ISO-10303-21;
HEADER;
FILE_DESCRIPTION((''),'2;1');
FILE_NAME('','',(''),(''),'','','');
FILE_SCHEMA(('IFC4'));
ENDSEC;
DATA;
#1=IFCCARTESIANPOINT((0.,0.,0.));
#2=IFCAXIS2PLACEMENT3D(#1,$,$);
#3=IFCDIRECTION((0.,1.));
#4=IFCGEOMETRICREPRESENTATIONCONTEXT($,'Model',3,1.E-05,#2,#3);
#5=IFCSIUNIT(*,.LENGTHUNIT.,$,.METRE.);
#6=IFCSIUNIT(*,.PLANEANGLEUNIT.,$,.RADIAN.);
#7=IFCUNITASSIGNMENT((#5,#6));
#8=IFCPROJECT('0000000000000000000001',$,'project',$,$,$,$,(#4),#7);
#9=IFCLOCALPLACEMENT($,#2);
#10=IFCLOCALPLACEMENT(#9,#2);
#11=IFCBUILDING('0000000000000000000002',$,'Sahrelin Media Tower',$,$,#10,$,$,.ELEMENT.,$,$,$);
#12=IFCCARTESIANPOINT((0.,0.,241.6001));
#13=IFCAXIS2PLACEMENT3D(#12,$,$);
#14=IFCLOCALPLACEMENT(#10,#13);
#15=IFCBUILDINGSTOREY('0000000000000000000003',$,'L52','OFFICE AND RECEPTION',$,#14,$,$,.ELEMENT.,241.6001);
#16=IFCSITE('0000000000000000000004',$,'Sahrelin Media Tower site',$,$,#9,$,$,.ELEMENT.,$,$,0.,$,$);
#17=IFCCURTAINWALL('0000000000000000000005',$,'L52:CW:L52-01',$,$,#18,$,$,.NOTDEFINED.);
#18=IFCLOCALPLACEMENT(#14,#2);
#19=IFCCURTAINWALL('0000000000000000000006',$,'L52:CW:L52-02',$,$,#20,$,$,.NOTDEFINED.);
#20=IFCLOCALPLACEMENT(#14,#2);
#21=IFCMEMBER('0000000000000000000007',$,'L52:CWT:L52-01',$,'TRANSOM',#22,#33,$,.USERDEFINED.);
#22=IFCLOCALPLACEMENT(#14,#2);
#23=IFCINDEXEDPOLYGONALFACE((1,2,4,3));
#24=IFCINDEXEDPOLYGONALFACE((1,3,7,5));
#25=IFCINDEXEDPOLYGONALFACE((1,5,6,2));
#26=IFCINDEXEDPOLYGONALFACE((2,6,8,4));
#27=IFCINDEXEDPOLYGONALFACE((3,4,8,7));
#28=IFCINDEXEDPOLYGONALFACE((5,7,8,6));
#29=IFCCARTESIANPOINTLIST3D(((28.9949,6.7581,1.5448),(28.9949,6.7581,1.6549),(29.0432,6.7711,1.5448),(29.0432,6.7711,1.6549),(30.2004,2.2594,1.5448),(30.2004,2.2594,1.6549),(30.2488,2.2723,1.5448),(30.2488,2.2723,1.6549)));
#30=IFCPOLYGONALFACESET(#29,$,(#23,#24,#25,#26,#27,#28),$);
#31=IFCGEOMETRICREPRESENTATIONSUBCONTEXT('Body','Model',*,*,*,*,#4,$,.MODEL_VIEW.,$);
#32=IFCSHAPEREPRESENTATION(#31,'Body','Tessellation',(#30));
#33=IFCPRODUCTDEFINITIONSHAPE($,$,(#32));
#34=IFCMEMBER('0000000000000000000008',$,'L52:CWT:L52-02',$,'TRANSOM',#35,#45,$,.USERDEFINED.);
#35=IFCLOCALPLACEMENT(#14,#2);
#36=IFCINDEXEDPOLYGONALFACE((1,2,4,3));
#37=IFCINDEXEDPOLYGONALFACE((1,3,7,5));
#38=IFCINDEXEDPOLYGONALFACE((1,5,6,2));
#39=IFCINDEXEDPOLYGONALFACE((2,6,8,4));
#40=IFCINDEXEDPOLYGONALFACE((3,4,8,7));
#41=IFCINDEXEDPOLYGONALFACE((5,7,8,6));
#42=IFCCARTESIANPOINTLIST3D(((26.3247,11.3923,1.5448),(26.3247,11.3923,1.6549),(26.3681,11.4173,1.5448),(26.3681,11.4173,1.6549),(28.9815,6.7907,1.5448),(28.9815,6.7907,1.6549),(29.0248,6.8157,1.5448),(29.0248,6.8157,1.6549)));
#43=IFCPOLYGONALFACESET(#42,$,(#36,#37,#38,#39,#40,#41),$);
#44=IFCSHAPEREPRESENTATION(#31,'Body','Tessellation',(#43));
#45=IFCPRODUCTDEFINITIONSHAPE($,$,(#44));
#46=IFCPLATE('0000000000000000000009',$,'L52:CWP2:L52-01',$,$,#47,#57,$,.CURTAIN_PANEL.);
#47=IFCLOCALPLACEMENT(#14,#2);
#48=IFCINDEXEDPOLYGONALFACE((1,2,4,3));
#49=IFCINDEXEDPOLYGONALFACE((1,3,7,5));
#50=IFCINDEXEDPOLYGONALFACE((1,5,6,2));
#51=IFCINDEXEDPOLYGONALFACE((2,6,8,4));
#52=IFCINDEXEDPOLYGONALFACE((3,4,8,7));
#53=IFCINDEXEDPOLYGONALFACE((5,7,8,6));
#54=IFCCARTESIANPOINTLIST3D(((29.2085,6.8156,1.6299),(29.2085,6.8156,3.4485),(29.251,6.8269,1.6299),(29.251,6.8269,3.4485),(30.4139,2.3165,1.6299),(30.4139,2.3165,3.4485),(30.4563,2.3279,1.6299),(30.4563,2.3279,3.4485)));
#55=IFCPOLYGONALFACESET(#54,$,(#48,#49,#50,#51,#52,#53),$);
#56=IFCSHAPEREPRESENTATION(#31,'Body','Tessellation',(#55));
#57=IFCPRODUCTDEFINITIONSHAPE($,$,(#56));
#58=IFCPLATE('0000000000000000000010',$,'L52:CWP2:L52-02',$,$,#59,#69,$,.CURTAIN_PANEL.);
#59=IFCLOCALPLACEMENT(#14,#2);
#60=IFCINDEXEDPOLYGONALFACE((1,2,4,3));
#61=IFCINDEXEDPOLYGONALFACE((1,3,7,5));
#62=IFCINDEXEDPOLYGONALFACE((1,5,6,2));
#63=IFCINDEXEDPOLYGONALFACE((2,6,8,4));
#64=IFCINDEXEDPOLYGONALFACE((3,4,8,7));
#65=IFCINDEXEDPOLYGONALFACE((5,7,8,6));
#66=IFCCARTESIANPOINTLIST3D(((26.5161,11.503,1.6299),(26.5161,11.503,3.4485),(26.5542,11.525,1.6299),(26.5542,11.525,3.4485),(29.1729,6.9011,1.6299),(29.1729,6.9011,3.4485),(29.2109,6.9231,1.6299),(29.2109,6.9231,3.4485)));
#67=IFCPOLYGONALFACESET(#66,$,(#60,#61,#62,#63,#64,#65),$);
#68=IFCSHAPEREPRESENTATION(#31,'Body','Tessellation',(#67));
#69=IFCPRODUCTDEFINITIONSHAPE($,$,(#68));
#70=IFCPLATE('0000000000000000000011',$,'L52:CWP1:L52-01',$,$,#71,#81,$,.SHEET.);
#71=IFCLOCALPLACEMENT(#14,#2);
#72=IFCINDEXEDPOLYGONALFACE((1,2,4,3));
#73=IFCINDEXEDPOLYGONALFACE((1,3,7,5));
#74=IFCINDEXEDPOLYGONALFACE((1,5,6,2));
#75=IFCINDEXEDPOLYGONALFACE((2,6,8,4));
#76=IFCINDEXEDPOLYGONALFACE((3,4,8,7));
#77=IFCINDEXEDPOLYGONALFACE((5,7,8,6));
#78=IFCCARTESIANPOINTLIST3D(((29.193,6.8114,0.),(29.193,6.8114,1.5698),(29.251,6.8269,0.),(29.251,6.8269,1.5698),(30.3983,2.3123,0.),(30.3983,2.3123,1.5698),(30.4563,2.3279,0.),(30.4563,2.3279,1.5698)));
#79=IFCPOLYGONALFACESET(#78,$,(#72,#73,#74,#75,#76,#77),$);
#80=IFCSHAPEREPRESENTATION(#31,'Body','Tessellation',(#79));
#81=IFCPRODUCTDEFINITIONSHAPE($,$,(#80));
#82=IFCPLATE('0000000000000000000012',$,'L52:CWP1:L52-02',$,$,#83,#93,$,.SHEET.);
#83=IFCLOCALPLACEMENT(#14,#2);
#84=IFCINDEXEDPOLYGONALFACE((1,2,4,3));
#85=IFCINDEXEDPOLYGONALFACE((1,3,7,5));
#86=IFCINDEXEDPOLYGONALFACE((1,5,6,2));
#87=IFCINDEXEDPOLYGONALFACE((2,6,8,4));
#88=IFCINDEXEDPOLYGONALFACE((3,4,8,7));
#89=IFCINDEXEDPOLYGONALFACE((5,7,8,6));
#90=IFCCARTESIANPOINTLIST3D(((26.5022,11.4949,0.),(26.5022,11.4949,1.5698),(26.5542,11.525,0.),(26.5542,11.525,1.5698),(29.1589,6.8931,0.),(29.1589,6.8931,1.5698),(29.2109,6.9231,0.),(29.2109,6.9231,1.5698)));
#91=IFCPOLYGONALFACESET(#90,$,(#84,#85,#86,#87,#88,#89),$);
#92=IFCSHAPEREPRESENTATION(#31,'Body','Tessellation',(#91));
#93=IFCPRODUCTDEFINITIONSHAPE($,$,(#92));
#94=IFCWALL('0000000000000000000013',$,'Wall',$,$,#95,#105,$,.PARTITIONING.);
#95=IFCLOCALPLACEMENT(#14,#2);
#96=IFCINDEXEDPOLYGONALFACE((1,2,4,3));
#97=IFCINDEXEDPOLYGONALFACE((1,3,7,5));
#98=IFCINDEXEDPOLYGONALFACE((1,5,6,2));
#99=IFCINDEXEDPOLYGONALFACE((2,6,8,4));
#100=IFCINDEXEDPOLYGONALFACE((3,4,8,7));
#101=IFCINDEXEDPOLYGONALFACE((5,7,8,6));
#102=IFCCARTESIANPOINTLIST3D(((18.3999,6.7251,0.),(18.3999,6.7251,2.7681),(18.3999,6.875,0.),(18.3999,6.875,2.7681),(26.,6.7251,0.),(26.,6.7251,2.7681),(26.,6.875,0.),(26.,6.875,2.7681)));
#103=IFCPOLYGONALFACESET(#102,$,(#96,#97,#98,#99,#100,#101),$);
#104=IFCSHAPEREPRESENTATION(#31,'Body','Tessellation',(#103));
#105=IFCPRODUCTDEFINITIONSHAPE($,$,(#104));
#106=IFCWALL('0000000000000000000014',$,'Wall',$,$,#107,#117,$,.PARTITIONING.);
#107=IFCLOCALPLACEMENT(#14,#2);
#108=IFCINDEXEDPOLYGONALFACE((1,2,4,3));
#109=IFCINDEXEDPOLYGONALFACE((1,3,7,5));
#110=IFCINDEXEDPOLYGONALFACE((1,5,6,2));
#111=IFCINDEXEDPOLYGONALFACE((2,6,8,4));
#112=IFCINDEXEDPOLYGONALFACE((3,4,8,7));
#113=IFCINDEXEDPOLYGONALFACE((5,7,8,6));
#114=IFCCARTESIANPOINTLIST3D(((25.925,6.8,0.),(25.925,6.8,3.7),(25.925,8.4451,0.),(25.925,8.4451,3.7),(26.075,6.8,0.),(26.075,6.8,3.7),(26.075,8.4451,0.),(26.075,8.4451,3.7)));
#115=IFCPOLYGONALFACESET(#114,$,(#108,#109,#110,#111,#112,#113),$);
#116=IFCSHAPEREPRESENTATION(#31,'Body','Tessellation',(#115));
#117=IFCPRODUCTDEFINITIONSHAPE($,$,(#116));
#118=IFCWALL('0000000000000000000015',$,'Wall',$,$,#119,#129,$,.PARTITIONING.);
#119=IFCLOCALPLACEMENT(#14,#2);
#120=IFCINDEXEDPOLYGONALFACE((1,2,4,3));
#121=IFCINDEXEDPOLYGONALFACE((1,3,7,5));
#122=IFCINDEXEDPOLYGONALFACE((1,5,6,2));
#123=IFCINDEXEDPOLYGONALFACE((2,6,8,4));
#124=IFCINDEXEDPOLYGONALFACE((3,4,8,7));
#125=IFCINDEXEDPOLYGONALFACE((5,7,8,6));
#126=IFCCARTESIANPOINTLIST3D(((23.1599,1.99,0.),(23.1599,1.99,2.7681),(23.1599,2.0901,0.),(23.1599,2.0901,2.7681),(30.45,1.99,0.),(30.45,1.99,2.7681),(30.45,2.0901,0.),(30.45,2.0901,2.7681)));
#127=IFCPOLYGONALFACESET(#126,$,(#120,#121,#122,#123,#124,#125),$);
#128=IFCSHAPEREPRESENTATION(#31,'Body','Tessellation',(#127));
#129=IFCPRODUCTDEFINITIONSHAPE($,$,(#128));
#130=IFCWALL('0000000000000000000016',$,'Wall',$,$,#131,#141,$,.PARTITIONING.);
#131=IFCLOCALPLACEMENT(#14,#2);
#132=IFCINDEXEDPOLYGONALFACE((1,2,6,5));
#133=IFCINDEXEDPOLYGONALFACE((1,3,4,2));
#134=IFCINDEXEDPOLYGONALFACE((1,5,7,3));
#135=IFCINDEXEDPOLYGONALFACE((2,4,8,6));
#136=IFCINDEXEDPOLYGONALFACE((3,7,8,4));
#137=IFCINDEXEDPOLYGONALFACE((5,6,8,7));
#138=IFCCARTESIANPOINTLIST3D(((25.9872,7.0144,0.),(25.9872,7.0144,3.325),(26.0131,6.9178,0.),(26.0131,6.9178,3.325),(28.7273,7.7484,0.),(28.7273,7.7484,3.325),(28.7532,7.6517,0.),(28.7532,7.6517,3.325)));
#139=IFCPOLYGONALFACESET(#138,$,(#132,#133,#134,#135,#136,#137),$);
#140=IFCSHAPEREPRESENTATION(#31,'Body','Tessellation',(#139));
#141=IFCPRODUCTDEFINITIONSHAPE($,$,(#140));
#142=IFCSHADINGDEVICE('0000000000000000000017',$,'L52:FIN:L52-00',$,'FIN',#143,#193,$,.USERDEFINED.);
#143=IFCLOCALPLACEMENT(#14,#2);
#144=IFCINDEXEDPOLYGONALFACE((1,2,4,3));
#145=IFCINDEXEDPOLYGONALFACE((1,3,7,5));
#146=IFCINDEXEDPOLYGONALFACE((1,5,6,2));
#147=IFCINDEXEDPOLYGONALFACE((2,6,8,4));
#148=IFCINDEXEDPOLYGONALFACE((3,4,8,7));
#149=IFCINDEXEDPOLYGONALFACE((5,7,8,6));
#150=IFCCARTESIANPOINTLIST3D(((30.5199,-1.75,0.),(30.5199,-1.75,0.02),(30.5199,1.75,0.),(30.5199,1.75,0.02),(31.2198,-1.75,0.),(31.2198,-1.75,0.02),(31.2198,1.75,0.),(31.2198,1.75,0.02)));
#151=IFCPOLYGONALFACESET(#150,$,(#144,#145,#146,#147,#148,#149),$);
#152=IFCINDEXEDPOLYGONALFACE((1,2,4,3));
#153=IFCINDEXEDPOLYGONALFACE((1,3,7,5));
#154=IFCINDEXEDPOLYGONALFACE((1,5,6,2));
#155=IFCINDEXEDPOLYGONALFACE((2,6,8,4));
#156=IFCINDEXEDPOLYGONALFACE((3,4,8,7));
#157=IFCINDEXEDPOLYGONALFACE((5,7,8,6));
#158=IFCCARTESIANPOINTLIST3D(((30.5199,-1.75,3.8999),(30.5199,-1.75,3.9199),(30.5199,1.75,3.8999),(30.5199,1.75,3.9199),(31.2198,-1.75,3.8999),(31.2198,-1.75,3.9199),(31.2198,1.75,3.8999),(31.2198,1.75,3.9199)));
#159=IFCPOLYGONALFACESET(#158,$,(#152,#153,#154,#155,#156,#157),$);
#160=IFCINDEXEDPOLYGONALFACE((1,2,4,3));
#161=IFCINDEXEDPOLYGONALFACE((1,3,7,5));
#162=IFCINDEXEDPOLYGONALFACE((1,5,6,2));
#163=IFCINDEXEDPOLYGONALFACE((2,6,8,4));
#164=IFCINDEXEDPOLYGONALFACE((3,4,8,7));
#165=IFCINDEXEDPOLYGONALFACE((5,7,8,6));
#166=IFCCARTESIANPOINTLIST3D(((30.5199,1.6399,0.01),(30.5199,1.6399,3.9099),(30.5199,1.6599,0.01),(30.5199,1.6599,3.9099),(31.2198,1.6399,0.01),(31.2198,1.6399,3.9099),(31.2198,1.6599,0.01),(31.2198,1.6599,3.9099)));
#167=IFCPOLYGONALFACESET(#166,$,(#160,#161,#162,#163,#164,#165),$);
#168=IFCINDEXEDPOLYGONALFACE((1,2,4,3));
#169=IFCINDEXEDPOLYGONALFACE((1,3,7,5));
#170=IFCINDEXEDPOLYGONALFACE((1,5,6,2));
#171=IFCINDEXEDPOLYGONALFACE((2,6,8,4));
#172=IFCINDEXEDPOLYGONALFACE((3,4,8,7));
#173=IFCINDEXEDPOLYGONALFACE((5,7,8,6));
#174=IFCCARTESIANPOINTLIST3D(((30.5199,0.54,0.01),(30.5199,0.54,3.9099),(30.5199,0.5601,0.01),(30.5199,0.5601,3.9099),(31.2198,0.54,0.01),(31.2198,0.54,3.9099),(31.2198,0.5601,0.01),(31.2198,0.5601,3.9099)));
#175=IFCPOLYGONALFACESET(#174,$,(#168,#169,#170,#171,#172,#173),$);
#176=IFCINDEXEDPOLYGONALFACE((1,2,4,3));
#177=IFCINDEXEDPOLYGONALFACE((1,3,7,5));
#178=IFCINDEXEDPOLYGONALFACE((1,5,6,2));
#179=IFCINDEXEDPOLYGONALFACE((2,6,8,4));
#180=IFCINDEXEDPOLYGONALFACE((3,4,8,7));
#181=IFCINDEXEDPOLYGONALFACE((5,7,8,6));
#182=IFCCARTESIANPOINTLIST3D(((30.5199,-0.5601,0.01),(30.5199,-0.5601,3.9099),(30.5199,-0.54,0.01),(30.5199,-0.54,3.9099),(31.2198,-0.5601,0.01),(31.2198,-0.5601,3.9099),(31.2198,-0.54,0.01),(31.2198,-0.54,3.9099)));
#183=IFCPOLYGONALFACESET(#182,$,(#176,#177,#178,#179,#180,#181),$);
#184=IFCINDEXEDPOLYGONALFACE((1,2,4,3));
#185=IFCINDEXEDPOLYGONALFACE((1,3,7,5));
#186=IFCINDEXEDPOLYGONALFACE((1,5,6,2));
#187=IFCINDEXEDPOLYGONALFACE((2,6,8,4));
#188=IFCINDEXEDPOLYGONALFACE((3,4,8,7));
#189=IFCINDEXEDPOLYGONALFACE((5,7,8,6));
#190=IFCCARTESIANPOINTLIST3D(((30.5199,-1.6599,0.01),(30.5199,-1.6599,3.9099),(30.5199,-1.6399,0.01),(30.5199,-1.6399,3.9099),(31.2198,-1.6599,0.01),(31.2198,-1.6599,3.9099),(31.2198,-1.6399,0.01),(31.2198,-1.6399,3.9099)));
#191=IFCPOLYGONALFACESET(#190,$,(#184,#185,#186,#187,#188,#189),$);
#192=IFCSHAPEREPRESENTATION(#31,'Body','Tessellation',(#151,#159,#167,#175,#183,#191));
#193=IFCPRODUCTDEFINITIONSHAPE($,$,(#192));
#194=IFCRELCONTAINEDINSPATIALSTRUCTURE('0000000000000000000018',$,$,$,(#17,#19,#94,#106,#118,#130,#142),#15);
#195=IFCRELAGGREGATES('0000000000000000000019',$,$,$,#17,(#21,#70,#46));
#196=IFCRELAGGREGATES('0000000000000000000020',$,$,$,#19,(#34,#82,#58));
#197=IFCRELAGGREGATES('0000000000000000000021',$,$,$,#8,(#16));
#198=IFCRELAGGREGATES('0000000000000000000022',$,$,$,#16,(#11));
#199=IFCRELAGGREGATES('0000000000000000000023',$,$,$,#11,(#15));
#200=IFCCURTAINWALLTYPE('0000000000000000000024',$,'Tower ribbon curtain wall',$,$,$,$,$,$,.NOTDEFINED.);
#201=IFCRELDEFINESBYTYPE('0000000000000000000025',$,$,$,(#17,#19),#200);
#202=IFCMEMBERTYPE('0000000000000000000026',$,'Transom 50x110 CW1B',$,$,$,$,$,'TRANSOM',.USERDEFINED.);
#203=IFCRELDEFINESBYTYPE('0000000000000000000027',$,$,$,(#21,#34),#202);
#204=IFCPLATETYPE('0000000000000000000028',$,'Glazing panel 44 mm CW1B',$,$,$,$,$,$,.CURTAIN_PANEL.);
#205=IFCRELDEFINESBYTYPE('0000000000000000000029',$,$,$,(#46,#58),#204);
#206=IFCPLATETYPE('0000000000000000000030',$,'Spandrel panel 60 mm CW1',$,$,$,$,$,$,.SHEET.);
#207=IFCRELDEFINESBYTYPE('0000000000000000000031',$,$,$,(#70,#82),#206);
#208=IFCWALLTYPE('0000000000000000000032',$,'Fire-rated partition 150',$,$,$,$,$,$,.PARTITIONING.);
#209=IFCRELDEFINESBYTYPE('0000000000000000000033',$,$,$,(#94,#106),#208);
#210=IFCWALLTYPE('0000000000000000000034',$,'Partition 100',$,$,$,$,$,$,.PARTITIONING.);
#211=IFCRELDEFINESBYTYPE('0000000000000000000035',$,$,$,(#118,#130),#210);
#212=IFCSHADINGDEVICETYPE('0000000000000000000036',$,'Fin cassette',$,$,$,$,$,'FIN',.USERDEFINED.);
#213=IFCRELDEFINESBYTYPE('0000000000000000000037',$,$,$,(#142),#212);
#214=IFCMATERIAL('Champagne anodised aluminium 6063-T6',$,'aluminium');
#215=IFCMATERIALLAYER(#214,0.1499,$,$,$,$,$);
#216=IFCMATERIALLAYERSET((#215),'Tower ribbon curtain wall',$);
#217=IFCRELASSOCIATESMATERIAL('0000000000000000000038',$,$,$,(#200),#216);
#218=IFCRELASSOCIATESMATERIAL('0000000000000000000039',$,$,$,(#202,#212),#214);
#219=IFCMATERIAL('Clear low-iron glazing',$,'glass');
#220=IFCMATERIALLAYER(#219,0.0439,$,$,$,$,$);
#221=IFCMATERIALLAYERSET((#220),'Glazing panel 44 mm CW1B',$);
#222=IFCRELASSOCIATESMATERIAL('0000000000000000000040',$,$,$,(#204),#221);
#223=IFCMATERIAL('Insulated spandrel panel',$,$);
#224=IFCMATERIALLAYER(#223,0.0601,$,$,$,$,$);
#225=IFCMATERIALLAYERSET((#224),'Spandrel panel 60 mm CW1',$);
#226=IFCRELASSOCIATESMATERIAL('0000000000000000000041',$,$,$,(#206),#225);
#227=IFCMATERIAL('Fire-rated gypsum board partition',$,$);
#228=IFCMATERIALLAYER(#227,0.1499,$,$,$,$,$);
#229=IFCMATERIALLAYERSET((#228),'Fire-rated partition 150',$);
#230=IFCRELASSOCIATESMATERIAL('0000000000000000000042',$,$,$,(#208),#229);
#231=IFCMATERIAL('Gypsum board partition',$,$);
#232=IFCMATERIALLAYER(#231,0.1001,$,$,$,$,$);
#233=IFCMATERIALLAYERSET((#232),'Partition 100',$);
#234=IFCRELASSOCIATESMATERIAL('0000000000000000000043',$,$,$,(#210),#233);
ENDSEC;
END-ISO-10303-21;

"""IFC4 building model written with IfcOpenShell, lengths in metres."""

from ifc_helpers import new_model, si_unit, direction, frame, frame_2d, origin, origin_2d, place, context, subcontext, project, spatial, polyline, rectangle, outline, extrude, material, layer, layer_set, material_profile, profile_set, type_object, element, aggregate, save


model = new_model("IFC4")

# Units and contexts
model_context = context("Model", 3, precision=1e-05, world=origin(), true_north=direction((0.0, 1.0)))
body_context = subcontext(model_context, "Body", "Model", "MODEL_VIEW")
ifc_project = project(units=[si_unit("LENGTHUNIT", "METRE"), si_unit("PLANEANGLEUNIT", "RADIAN")], contexts=[model_context])

# Site, building, storey
site_placement = place(None, origin())
site = spatial("IfcSite", under=ifc_project, at=site_placement, Name="Sahrelin Media Tower site", CompositionType="ELEMENT", RefElevation=0.0)
building_placement = place(site_placement, origin())
building = spatial("IfcBuilding", under=site, at=building_placement, Name="Sahrelin Media Tower", CompositionType="ELEMENT")
storey_placement = place(building_placement, frame((0.0, 0.0, 241.6001)))
storey = spatial("IfcBuildingStorey", under=building, at=storey_placement, Name="L52", Description="OFFICE AND RECEPTION", CompositionType="ELEMENT", Elevation=241.6001)

# Curtain walls
ifc_material_1 = material(Name="Champagne anodised aluminium 6063-T6", Category="aluminium")
ifc_layer_1 = layer(ifc_material_1, 0.1499)
ifc_layer_set_1 = layer_set([ifc_layer_1], Name="Tower ribbon curtain wall")
curtain_wall_type = type_object("IfcCurtainWallType", Name="Tower ribbon curtain wall", PredefinedType="NOTDEFINED", material=ifc_layer_set_1)
curtain_wall_1_placement = place(storey_placement, frame((29.8345, 4.5723, 0.0), z_axis=(0.0, 0.0, 1.0), x_axis=(1.0, 0.0, 0.0)))
curtain_wall_1 = element("IfcCurtainWall", 1, at=curtain_wall_1_placement, inside=storey, type_object=curtain_wall_type, Name="L52:CW:L52-01", PredefinedType="NOTDEFINED")
curtain_wall_2_placement = place(storey_placement, frame((27.8652, 9.2141, 0.0), z_axis=(0.0, 0.0, 1.0), x_axis=(1.0, 0.0, 0.0)))
curtain_wall_2 = element("IfcCurtainWall", 2, at=curtain_wall_2_placement, inside=storey, type_object=curtain_wall_type, Name="L52:CW:L52-02", PredefinedType="NOTDEFINED")

# Members
ifc_material_profile_1 = material_profile(ifc_material_1, rectangle(XDim=0.05, YDim=0.1101, at=origin_2d()), Name="Transom 50x110")
ifc_profile_set_1 = profile_set([ifc_material_profile_1], Name="Champagne anodised aluminium 6063-T6")
member_type_1 = type_object("IfcMemberType", Name="Transom 50x110 CW1B", ElementType="TRANSOM", PredefinedType="USERDEFINED", material=ifc_profile_set_1)
member_1_placement = place(storey_placement, frame((30.2246, 2.2659, 1.5999), z_axis=(-0.258844, 0.965919, 0.0), x_axis=(-0.965919, -0.258844, 0.0)))
member_1 = element("IfcMember", 3, at=member_1_placement, type_object=member_type_1, Name="L52:CWT:L52-01", ObjectType="TRANSOM", PredefinedType="USERDEFINED", context=body_context, shape_type="SweptSolid", body=[
    extrude(rectangle(XDim=0.05, YDim=0.1101, at=origin_2d()), origin(), (0.0, 0.0, 1.0), 4.6575),
])
member_2_placement = place(storey_placement, frame((29.0032, 6.8032, 1.5999), z_axis=(-0.500004, 0.866023, 0.0), x_axis=(-0.866023, -0.500004, 0.0)))
member_2 = element("IfcMember", 4, at=member_2_placement, type_object=member_type_1, Name="L52:CWT:L52-02", ObjectType="TRANSOM", PredefinedType="USERDEFINED", context=body_context, shape_type="SweptSolid", body=[
    extrude(rectangle(XDim=0.05, YDim=0.1101, at=origin_2d()), origin(), (0.0, 0.0, 1.0), 5.3135),
])

# Plates
ifc_material_2 = material(Name="Clear low-iron glazing", Category="glass")
ifc_layer_2 = layer(ifc_material_2, 0.0439)
ifc_layer_set_2 = layer_set([ifc_layer_2], Name="Glazing panel 44 mm CW1B")
plate_type_1 = type_object("IfcPlateType", Name="Glazing panel 44 mm CW1B", PredefinedType="CURTAIN_PANEL", material=ifc_layer_set_2)
plate_1_placement = place(storey_placement, frame((30.4563, 2.3279, 1.6299), z_axis=(0.965936, 0.258781, 0.0), x_axis=(-0.258781, 0.965936, 0.0)))
plate_1 = element("IfcPlate", 5, at=plate_1_placement, type_object=plate_type_1, Name="L52:CWP2:L52-01", PredefinedType="CURTAIN_PANEL", context=body_context, shape_type="SweptSolid", body=[
    extrude(outline(polyline([(0.0, 0.0), (4.6577, 0.0), (4.6577, 1.8186), (0.0, 1.8186), (0.0, 0.0)])), origin(), (0.0, 0.0, -1.0), 0.0439),
])
plate_2_placement = place(storey_placement, frame((29.2109, 6.9231, 1.6299), z_axis=(0.866035, 0.499984, 0.0), x_axis=(-0.499984, 0.866035, 0.0)))
plate_2 = element("IfcPlate", 6, at=plate_2_placement, type_object=plate_type_1, Name="L52:CWP2:L52-02", PredefinedType="CURTAIN_PANEL", context=body_context, shape_type="SweptSolid", body=[
    extrude(outline(polyline([(0.0, 0.0), (5.3137, 0.0), (5.3137, 1.8186), (0.0, 1.8186), (0.0, 0.0)])), origin(), (0.0, 0.0, -1.0), 0.0439),
])
ifc_material_3 = material(Name="Insulated spandrel panel")
ifc_layer_3 = layer(ifc_material_3, 0.0601)
ifc_layer_set_3 = layer_set([ifc_layer_3], Name="Spandrel panel 60 mm CW1")
plate_type_2 = type_object("IfcPlateType", Name="Spandrel panel 60 mm CW1", PredefinedType="SHEET", material=ifc_layer_set_3)
plate_3_placement = place(storey_placement, frame((30.4563, 2.3279, 0.0), z_axis=(0.965936, 0.258781, 0.0), x_axis=(-0.258781, 0.965936, 0.0)))
plate_3 = element("IfcPlate", 7, at=plate_3_placement, type_object=plate_type_2, Name="L52:CWP1:L52-01", PredefinedType="SHEET", context=body_context, shape_type="SweptSolid", body=[
    extrude(outline(polyline([(0.0, 0.0), (4.6577, 0.0), (4.6577, 1.5698), (0.0, 1.5698), (0.0, 0.0)])), origin(), (0.0, 0.0, -1.0), 0.0601),
])
aggregate(curtain_wall_1, [member_1, plate_3, plate_1])
plate_4_placement = place(storey_placement, frame((29.2109, 6.9231, 0.0), z_axis=(0.866035, 0.499984, 0.0), x_axis=(-0.499984, 0.866035, 0.0)))
plate_4 = element("IfcPlate", 8, at=plate_4_placement, type_object=plate_type_2, Name="L52:CWP1:L52-02", PredefinedType="SHEET", context=body_context, shape_type="SweptSolid", body=[
    extrude(outline(polyline([(0.0, 0.0), (5.3137, 0.0), (5.3137, 1.5698), (0.0, 1.5698), (0.0, 0.0)])), origin(), (0.0, 0.0, -1.0), 0.0601),
])
aggregate(curtain_wall_2, [member_2, plate_4, plate_2])

# Walls
ifc_material_4 = material(Name="Fire-rated gypsum board partition")
ifc_layer_4 = layer(ifc_material_4, 0.1499)
ifc_layer_set_4 = layer_set([ifc_layer_4], Name="Fire-rated partition 150")
wall_type_1 = type_object("IfcWallType", Name="Fire-rated partition 150", PredefinedType="PARTITIONING", material=ifc_layer_set_4)
wall_1_placement = place(storey_placement, frame((18.3999, 6.8, 0.0), z_axis=(0.0, 0.0, 1.0), x_axis=(1.0, 0.0, 0.0)))
element("IfcWall", 9, at=wall_1_placement, inside=storey, type_object=wall_type_1, Name="Wall", PredefinedType="PARTITIONING", context=body_context, shape_type="SweptSolid", body=[
    extrude(rectangle(XDim=7.6001, YDim=0.1499, at=frame_2d((3.8, 0.0))), origin(), (0.0, 0.0, 1.0), 2.7681),
])
wall_2_placement = place(storey_placement, frame((26.0, 6.8, 0.0), z_axis=(0.0, 0.0, 1.0), x_axis=(0.0, 1.0, 0.0)))
element("IfcWall", 10, at=wall_2_placement, inside=storey, type_object=wall_type_1, Name="Wall", PredefinedType="PARTITIONING", context=body_context, shape_type="SweptSolid", body=[
    extrude(rectangle(XDim=1.645, YDim=0.1499, at=frame_2d((0.8225, 0.0))), origin(), (0.0, 0.0, 1.0), 3.7),
])
ifc_material_5 = material(Name="Gypsum board partition")
ifc_layer_5 = layer(ifc_material_5, 0.1001)
ifc_layer_set_5 = layer_set([ifc_layer_5], Name="Partition 100")
wall_type_2 = type_object("IfcWallType", Name="Partition 100", PredefinedType="PARTITIONING", material=ifc_layer_set_5)
wall_3_placement = place(storey_placement, frame((23.1599, 2.04, 0.0), z_axis=(0.0, 0.0, 1.0), x_axis=(1.0, 0.0, 0.0)))
element("IfcWall", 11, at=wall_3_placement, inside=storey, type_object=wall_type_2, Name="Wall", PredefinedType="PARTITIONING", context=body_context, shape_type="SweptSolid", body=[
    extrude(rectangle(XDim=7.29, YDim=0.1001, at=frame_2d((3.645, 0.0))), origin(), (0.0, 0.0, 1.0), 2.7681),
])
wall_4_placement = place(storey_placement, frame((26.0, 6.9661, 0.0), z_axis=(0.0, 0.0, 1.0), x_axis=(0.965952, 0.258723, 0.0)))
element("IfcWall", 12, at=wall_4_placement, inside=storey, type_object=wall_type_2, Name="Wall", PredefinedType="PARTITIONING", context=body_context, shape_type="SweptSolid", body=[
    extrude(rectangle(XDim=2.8367, YDim=0.1001, at=frame_2d((1.4185, 0.0))), origin(), (0.0, 0.0, 1.0), 3.325),
])

# Shading device
shading_device_type_1 = type_object("IfcShadingDeviceType", Name="Fin cassette", ElementType="FIN", PredefinedType="USERDEFINED", material=ifc_material_1)
placement_1 = place(storey_placement, frame((30.45, 0.0, 0.0), z_axis=(0.0, 0.0, 1.0), x_axis=(0.0, -1.0, 0.0)))
element("IfcShadingDevice", 13, at=placement_1, inside=storey, type_object=shading_device_type_1, Name="L52:FIN:L52-00", ObjectType="FIN", PredefinedType="USERDEFINED", context=body_context, shape_type="SweptSolid", body=[
    extrude(rectangle(XDim=3.5, YDim=0.7, at=origin_2d()), frame((0.0, 0.4199, 0.0)), (0.0, 0.0, 1.0), 0.02),
    extrude(rectangle(XDim=3.5, YDim=0.7, at=origin_2d()), frame((0.0, 0.4199, 3.8999)), (0.0, 0.0, 1.0), 0.02),
    extrude(rectangle(XDim=0.02, YDim=0.7, at=origin_2d()), frame((-1.6499, 0.4199, 0.01), z_axis=(0.0, 0.0, 1.0), x_axis=(1.0, 0.0, 0.0)), (0.0, 0.0, 1.0), 3.8999),
    extrude(rectangle(XDim=0.02, YDim=0.7, at=origin_2d()), frame((-0.55, 0.4199, 0.01), z_axis=(0.0, 0.0, 1.0), x_axis=(1.0, 0.0, 0.0)), (0.0, 0.0, 1.0), 3.8999),
    extrude(rectangle(XDim=0.02, YDim=0.7, at=origin_2d()), frame((0.55, 0.4199, 0.01), z_axis=(0.0, 0.0, 1.0), x_axis=(1.0, 0.0, 0.0)), (0.0, 0.0, 1.0), 3.8999),
    extrude(rectangle(XDim=0.02, YDim=0.7, at=origin_2d()), frame((1.6499, 0.4199, 0.01), z_axis=(0.0, 0.0, 1.0), x_axis=(1.0, 0.0, 0.0)), (0.0, 0.0, 1.0), 3.8999),
])

save(model, "model.ifc")
